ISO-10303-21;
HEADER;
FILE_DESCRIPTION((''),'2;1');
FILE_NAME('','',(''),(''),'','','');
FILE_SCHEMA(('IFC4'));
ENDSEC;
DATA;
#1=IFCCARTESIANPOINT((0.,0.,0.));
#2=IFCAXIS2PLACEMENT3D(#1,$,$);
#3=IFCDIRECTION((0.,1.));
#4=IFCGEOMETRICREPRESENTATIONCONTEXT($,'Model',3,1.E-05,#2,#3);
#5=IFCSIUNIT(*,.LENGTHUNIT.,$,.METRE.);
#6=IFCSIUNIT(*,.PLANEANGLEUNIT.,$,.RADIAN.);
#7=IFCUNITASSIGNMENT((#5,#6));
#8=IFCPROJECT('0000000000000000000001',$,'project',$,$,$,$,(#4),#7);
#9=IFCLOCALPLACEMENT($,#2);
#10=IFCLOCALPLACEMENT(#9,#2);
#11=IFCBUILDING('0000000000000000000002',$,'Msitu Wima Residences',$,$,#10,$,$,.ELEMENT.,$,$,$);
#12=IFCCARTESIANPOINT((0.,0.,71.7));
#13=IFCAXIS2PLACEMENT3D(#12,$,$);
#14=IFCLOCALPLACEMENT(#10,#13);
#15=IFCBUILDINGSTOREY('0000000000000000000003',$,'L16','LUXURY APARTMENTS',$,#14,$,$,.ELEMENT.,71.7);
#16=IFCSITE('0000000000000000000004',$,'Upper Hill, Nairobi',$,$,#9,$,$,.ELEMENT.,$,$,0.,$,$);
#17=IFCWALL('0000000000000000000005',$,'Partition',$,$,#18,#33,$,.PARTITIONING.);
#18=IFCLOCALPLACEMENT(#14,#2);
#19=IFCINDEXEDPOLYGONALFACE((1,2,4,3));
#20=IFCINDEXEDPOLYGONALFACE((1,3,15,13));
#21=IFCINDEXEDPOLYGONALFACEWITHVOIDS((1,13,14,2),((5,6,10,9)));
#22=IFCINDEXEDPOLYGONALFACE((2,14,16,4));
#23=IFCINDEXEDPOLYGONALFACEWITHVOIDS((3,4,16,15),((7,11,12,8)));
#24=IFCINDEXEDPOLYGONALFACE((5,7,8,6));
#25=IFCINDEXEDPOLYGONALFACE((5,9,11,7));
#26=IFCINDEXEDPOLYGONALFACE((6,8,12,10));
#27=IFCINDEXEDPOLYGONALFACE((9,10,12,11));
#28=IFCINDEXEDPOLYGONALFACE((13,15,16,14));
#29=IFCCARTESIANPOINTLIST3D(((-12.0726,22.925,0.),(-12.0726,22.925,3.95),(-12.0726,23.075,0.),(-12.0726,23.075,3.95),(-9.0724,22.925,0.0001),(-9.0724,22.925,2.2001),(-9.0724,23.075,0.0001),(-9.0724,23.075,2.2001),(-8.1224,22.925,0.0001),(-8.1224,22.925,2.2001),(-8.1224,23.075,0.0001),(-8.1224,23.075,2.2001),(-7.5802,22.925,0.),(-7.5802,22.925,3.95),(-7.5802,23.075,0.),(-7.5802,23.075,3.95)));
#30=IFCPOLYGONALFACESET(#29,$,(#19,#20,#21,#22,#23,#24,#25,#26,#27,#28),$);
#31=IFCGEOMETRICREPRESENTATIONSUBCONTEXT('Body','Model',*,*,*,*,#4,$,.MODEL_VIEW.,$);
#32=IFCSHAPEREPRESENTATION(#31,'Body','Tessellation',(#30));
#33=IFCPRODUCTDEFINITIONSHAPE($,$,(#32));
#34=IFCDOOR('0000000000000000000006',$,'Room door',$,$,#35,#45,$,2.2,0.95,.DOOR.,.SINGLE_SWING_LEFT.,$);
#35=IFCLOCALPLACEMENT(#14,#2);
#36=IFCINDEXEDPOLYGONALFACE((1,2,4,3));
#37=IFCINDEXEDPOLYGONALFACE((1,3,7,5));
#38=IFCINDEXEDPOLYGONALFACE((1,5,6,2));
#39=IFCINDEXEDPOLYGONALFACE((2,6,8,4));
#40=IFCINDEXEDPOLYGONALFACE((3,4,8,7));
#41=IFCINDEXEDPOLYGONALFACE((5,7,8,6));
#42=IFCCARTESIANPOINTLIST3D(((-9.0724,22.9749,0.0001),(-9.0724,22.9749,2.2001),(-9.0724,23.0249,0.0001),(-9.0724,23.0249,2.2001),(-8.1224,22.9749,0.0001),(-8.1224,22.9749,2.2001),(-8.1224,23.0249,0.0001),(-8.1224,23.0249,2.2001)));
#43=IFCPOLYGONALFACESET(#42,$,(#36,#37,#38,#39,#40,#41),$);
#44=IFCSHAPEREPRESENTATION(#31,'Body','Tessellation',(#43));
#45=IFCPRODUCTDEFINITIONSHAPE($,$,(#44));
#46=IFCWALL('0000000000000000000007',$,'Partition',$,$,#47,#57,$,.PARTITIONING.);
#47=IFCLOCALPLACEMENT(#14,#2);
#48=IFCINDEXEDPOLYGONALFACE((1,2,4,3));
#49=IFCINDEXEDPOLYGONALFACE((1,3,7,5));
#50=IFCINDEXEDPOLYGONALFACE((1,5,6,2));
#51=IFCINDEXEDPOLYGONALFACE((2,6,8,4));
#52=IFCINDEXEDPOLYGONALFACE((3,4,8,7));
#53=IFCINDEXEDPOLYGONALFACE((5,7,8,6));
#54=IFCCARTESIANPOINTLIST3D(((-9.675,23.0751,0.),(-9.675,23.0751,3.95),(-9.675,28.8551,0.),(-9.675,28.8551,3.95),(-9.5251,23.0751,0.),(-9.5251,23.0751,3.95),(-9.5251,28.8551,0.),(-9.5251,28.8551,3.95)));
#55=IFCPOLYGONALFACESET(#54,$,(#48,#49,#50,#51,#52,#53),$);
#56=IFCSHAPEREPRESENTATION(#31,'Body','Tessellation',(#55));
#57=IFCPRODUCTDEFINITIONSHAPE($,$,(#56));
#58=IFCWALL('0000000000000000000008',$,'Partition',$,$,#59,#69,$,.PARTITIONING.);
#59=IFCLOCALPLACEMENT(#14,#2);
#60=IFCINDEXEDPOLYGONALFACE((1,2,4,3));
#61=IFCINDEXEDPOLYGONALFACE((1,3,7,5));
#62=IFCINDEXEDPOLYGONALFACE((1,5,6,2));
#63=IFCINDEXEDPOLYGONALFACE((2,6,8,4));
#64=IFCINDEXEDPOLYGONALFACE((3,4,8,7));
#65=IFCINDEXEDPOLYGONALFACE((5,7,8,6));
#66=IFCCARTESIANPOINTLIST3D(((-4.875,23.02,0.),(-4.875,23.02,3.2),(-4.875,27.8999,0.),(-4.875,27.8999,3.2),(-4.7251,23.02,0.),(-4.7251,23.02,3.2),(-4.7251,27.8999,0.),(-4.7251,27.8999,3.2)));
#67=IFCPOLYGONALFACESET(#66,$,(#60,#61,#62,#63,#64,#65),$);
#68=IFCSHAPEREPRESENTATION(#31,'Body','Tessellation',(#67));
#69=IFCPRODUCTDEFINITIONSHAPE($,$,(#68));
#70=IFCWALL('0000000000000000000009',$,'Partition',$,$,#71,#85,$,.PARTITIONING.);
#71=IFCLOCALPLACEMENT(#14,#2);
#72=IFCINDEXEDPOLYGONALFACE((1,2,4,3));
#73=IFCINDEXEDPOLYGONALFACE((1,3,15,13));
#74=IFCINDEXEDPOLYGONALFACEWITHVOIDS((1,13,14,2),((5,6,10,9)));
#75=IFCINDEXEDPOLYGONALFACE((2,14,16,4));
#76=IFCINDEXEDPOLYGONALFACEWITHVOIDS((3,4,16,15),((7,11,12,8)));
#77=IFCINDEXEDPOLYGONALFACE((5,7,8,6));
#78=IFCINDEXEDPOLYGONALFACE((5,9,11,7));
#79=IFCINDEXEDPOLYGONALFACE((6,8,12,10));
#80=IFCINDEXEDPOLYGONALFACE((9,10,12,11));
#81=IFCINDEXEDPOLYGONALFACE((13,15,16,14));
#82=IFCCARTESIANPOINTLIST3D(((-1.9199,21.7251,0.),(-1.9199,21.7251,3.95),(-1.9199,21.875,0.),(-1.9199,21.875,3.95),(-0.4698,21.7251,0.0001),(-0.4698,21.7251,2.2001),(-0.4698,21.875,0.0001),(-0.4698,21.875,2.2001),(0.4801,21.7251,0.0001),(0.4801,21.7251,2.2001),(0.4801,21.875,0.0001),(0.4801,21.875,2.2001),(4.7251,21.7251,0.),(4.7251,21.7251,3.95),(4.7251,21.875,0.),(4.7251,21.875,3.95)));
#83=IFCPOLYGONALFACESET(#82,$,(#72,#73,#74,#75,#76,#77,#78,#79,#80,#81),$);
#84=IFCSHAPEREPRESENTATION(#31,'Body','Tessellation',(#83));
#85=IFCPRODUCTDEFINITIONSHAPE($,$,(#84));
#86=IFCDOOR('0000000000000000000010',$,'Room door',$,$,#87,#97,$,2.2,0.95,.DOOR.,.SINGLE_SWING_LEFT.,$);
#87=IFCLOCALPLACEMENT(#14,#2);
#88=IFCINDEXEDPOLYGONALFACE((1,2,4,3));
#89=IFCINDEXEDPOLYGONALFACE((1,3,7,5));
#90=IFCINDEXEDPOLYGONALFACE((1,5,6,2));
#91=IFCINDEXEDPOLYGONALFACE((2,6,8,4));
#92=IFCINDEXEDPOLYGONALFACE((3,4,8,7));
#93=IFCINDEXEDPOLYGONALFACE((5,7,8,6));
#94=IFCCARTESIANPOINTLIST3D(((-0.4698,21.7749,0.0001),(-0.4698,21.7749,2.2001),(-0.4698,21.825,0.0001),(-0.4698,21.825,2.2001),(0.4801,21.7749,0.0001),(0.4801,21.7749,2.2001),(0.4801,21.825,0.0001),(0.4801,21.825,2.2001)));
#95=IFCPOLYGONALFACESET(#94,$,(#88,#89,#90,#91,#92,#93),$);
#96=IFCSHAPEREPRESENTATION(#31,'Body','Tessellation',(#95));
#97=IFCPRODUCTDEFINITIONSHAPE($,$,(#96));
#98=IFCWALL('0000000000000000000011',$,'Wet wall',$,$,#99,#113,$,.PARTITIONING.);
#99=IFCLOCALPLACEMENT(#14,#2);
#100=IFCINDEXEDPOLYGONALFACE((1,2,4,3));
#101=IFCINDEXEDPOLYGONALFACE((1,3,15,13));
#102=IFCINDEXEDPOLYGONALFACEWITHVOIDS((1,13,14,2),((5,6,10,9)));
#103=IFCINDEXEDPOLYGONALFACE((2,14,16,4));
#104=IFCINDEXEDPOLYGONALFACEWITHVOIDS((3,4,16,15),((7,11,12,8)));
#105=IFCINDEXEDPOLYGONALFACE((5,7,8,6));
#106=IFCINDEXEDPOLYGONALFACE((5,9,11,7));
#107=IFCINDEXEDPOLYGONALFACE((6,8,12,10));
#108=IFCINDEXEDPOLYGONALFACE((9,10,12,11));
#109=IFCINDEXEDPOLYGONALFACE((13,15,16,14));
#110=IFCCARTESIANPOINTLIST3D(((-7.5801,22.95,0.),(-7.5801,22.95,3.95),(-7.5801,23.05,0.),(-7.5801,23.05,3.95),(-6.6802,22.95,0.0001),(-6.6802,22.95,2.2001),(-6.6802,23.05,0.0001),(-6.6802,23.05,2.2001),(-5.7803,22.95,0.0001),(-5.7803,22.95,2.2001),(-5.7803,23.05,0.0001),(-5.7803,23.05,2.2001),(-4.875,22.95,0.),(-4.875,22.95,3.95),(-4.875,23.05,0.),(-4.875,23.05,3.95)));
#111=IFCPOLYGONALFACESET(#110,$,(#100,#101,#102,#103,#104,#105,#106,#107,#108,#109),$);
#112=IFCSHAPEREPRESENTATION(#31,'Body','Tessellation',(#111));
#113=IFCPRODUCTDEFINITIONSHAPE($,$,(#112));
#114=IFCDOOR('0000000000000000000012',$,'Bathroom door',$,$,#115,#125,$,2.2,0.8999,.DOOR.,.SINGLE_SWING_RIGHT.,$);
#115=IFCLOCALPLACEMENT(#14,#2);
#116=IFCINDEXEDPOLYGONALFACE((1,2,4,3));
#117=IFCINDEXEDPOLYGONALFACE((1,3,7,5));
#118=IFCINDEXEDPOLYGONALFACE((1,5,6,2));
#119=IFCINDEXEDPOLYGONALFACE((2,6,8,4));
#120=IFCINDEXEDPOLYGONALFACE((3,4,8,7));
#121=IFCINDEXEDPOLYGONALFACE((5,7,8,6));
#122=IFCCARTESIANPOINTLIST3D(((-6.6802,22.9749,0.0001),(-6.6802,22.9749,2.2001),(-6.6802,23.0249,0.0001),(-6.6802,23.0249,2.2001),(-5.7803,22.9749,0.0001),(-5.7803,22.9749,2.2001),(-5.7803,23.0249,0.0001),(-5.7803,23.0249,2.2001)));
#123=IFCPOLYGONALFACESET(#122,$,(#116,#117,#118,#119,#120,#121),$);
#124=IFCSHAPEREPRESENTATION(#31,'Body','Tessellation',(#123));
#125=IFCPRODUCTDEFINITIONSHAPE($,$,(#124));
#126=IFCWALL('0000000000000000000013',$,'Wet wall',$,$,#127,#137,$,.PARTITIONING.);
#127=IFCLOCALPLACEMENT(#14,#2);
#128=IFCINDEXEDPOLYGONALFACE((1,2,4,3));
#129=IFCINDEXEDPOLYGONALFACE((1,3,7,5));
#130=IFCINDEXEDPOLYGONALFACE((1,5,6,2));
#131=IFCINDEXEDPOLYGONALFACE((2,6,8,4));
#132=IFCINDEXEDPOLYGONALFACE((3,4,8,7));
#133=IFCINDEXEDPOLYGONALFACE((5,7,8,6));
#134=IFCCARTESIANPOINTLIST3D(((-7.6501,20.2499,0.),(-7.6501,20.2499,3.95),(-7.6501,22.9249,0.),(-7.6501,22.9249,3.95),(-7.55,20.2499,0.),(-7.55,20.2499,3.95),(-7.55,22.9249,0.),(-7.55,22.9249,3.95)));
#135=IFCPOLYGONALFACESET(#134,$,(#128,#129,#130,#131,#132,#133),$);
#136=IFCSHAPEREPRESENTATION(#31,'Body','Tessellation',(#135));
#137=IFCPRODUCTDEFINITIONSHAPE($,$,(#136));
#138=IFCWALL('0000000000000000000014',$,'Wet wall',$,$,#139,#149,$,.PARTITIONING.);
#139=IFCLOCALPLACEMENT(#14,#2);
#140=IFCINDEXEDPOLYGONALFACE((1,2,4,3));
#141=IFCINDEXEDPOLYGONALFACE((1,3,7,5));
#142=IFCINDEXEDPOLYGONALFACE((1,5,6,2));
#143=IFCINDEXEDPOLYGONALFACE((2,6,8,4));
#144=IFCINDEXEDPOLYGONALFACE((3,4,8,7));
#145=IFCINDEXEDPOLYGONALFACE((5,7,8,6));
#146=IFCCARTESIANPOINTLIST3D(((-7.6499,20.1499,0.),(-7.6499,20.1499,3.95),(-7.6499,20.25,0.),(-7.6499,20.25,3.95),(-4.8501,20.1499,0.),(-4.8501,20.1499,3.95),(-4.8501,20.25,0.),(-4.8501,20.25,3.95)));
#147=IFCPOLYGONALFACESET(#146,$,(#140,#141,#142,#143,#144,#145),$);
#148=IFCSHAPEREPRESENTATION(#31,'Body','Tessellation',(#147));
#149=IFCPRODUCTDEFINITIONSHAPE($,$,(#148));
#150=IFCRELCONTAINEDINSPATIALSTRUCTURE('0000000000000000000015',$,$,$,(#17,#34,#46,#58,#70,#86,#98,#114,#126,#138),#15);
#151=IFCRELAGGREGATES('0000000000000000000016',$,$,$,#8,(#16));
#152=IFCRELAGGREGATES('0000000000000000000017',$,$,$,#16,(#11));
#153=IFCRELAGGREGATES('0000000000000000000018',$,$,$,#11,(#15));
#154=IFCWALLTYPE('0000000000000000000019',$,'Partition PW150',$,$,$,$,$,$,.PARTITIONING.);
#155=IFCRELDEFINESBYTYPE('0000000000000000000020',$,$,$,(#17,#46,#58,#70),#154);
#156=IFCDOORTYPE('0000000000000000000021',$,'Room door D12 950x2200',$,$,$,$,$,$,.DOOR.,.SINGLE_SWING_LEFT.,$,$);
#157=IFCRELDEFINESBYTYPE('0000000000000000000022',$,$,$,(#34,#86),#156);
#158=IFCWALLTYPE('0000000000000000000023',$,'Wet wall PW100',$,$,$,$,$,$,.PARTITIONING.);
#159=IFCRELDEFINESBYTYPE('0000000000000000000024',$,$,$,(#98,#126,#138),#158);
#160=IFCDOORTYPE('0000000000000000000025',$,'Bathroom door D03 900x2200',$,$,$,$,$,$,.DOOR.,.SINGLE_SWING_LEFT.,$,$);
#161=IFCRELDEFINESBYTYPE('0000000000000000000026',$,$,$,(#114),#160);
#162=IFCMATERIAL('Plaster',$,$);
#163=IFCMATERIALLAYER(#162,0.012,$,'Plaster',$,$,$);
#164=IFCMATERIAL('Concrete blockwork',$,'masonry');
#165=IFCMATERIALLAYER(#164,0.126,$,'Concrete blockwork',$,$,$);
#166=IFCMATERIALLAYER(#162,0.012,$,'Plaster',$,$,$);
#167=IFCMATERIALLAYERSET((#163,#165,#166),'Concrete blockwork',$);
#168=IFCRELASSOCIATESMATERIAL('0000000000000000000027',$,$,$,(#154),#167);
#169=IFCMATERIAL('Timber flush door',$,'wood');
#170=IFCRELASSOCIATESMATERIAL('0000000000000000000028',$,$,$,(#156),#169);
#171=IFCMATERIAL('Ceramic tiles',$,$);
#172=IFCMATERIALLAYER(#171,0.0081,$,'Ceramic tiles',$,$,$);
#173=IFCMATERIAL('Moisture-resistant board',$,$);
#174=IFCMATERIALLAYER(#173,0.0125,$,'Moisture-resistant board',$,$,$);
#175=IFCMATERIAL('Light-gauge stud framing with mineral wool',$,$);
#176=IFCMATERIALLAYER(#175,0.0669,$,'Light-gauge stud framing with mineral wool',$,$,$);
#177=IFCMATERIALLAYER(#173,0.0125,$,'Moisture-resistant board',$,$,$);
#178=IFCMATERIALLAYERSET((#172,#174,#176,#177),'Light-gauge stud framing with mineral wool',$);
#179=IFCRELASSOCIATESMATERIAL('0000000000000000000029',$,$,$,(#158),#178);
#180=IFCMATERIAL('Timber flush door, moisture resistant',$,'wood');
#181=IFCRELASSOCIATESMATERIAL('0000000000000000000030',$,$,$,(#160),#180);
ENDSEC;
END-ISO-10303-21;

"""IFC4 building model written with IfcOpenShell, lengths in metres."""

from ifc_helpers import new_model, si_unit, direction, frame, frame_2d, origin, place, context, subcontext, project, spatial, rectangle, extrude, material, layer, layer_set, type_object, element, fill, save


model = new_model("IFC4")

# Units and contexts
model_context = context("Model", 3, precision=1e-05, world=origin(), true_north=direction((0.0, 1.0)))
body_context = subcontext(model_context, "Body", "Model", "MODEL_VIEW")
ifc_project = project(units=[si_unit("LENGTHUNIT", "METRE"), si_unit("PLANEANGLEUNIT", "RADIAN")], contexts=[model_context])

# Site, building, storey
site_placement = place(None, origin())
site = spatial("IfcSite", under=ifc_project, at=site_placement, Name="Upper Hill, Nairobi", CompositionType="ELEMENT", RefElevation=0.0)
building_placement = place(site_placement, origin())
building = spatial("IfcBuilding", under=site, at=building_placement, Name="Msitu Wima Residences", CompositionType="ELEMENT")
storey_placement = place(building_placement, frame((0.0, 0.0, 71.7)))
storey = spatial("IfcBuildingStorey", under=building, at=storey_placement, Name="L16", Description="LUXURY APARTMENTS", CompositionType="ELEMENT", Elevation=71.7)

# Wall, opening, door
ifc_material_1 = material(Name="Plaster")
ifc_layer_1 = layer(ifc_material_1, 0.012, Name="Plaster")
ifc_material_2 = material(Name="Concrete blockwork", Category="masonry")
ifc_layer_2 = layer(ifc_material_2, 0.126, Name="Concrete blockwork")
ifc_layer_3 = layer(ifc_material_1, 0.012, Name="Plaster")
ifc_layer_set_1 = layer_set([ifc_layer_1, ifc_layer_2, ifc_layer_3], Name="Concrete blockwork")
wall_type_1 = type_object("IfcWallType", Name="Partition PW150", PredefinedType="PARTITIONING", material=ifc_layer_set_1)
wall_1_placement = place(storey_placement, frame((-12.0725, 23.0, 0.0), z_axis=(0.0, 0.0, 1.0), x_axis=(1.0, 0.0, 0.0)))
wall_1 = element("IfcWall", 1, at=wall_1_placement, inside=storey, type_object=wall_type_1, Name="Partition", PredefinedType="PARTITIONING", context=body_context, shape_type="SweptSolid", body=[
    extrude(rectangle(XDim=4.4924, YDim=0.1499, at=frame_2d((2.2461, 0.0))), origin(), (0.0, 0.0, 1.0), 3.95),
])
opening_1_placement = place(wall_1_placement, frame((3.0, 0.0, 0.0)))
opening_1 = element("IfcOpeningElement", 2, at=opening_1_placement, cuts=wall_1, PredefinedType="OPENING", context=body_context, shape_type="SweptSolid", body=[
    extrude(rectangle(XDim=0.95, YDim=2.2, at=frame_2d((0.4751, 1.1001))), frame((0.0, 0.085, 0.0), z_axis=(0.0, -1.0, 0.0), x_axis=(1.0, 0.0, 0.0)), (0.0, 0.0, 1.0), 0.1699),
])
ifc_material_3 = material(Name="Timber flush door", Category="wood")
door_type_1 = type_object("IfcDoorType", Name="Room door D12 950x2200", OperationType="SINGLE_SWING_LEFT", PredefinedType="DOOR", material=ifc_material_3)
door_1_placement = place(opening_1_placement, origin())
door_1 = element("IfcDoor", 3, at=door_1_placement, inside=storey, type_object=door_type_1, Name="Room door", OperationType="SINGLE_SWING_LEFT", OverallHeight=2.2, OverallWidth=0.95, PredefinedType="DOOR", context=body_context, shape_type="SweptSolid", body=[
    extrude(rectangle(XDim=0.95, YDim=2.2, at=frame_2d((0.4751, 1.1001))), frame((0.0, 0.0249, 0.0), z_axis=(0.0, -1.0, 0.0), x_axis=(1.0, 0.0, 0.0)), (0.0, 0.0, 1.0), 0.05),
])
fill(opening_1, door_1)

# Walls
wall_2_placement = place(storey_placement, frame((-9.6001, 23.075, 0.0), z_axis=(0.0, 0.0, 1.0), x_axis=(0.0, 1.0, 0.0)))
element("IfcWall", 4, at=wall_2_placement, inside=storey, type_object=wall_type_1, Name="Partition", PredefinedType="PARTITIONING", context=body_context, shape_type="SweptSolid", body=[
    extrude(rectangle(XDim=5.78, YDim=0.1499, at=frame_2d((2.8901, 0.0))), origin(), (0.0, 0.0, 1.0), 3.95),
])
wall_3_placement = place(storey_placement, frame((-4.8, 23.02, 0.0), z_axis=(0.0, 0.0, 1.0), x_axis=(0.0, 1.0, 0.0)))
element("IfcWall", 5, at=wall_3_placement, inside=storey, type_object=wall_type_1, Name="Partition", PredefinedType="PARTITIONING", context=body_context, shape_type="SweptSolid", body=[
    extrude(rectangle(XDim=4.8799, YDim=0.1499, at=frame_2d((2.4399, 0.0))), origin(), (0.0, 0.0, 1.0), 3.2),
])

# Walls, openings, doors
wall_4_placement = place(storey_placement, frame((-1.9199, 21.8, 0.0), z_axis=(0.0, 0.0, 1.0), x_axis=(1.0, 0.0, 0.0)))
wall_4 = element("IfcWall", 6, at=wall_4_placement, inside=storey, type_object=wall_type_1, Name="Partition", PredefinedType="PARTITIONING", context=body_context, shape_type="SweptSolid", body=[
    extrude(rectangle(XDim=6.645, YDim=0.1499, at=frame_2d((3.3225, 0.0))), origin(), (0.0, 0.0, 1.0), 3.95),
])
opening_2_placement = place(wall_4_placement, frame((1.45, 0.0, 0.0)))
opening_2 = element("IfcOpeningElement", 7, at=opening_2_placement, cuts=wall_4, PredefinedType="OPENING", context=body_context, shape_type="SweptSolid", body=[
    extrude(rectangle(XDim=0.95, YDim=2.2, at=frame_2d((0.4751, 1.1001))), frame((0.0, 0.085, 0.0), z_axis=(0.0, -1.0, 0.0), x_axis=(1.0, 0.0, 0.0)), (0.0, 0.0, 1.0), 0.1699),
])
door_2_placement = place(opening_2_placement, origin())
door_2 = element("IfcDoor", 8, at=door_2_placement, inside=storey, type_object=door_type_1, Name="Room door", OperationType="SINGLE_SWING_LEFT", OverallHeight=2.2, OverallWidth=0.95, PredefinedType="DOOR", context=body_context, shape_type="SweptSolid", body=[
    extrude(rectangle(XDim=0.95, YDim=2.2, at=frame_2d((0.4751, 1.1001))), frame((0.0, 0.0249, 0.0), z_axis=(0.0, -1.0, 0.0), x_axis=(1.0, 0.0, 0.0)), (0.0, 0.0, 1.0), 0.05),
])
fill(opening_2, door_2)
ifc_material_4 = material(Name="Ceramic tiles")
ifc_layer_4 = layer(ifc_material_4, 0.0081, Name="Ceramic tiles")
ifc_material_5 = material(Name="Moisture-resistant board")
ifc_layer_5 = layer(ifc_material_5, 0.0125, Name="Moisture-resistant board")
ifc_material_6 = material(Name="Light-gauge stud framing with mineral wool")
ifc_layer_6 = layer(ifc_material_6, 0.0669, Name="Light-gauge stud framing with mineral wool")
ifc_layer_7 = layer(ifc_material_5, 0.0125, Name="Moisture-resistant board")
ifc_layer_set_2 = layer_set([ifc_layer_4, ifc_layer_5, ifc_layer_6, ifc_layer_7], Name="Light-gauge stud framing with mineral wool")
wall_type_2 = type_object("IfcWallType", Name="Wet wall PW100", PredefinedType="PARTITIONING", material=ifc_layer_set_2)
wall_5_placement = place(storey_placement, frame((-7.5801, 23.0, 0.0), z_axis=(0.0, 0.0, 1.0), x_axis=(1.0, 0.0, 0.0)))
wall_5 = element("IfcWall", 9, at=wall_5_placement, inside=storey, type_object=wall_type_2, Name="Wet wall", PredefinedType="PARTITIONING", context=body_context, shape_type="SweptSolid", body=[
    extrude(rectangle(XDim=2.7051, YDim=0.1001, at=frame_2d((1.3525, 0.0))), origin(), (0.0, 0.0, 1.0), 3.95),
])
opening_3_placement = place(wall_5_placement, frame((0.8999, 0.0, 0.0)))
opening_3 = element("IfcOpeningElement", 10, at=opening_3_placement, cuts=wall_5, PredefinedType="OPENING", context=body_context, shape_type="SweptSolid", body=[
    extrude(rectangle(XDim=0.8999, YDim=2.2, at=frame_2d((0.45, 1.1001))), frame((0.0, 0.0601, 0.0), z_axis=(0.0, -1.0, 0.0), x_axis=(1.0, 0.0, 0.0)), (0.0, 0.0, 1.0), 0.1201),
])
ifc_material_7 = material(Name="Timber flush door, moisture resistant", Category="wood")
door_type_2 = type_object("IfcDoorType", Name="Bathroom door D03 900x2200", OperationType="SINGLE_SWING_LEFT", PredefinedType="DOOR", material=ifc_material_7)
door_3_placement = place(opening_3_placement, origin())
door_3 = element("IfcDoor", 11, at=door_3_placement, inside=storey, type_object=door_type_2, Name="Bathroom door", OperationType="SINGLE_SWING_RIGHT", OverallHeight=2.2, OverallWidth=0.8999, PredefinedType="DOOR", context=body_context, shape_type="SweptSolid", body=[
    extrude(rectangle(XDim=0.8999, YDim=2.2, at=frame_2d((0.45, 1.1001))), frame((0.0, 0.0249, 0.0), z_axis=(0.0, -1.0, 0.0), x_axis=(1.0, 0.0, 0.0)), (0.0, 0.0, 1.0), 0.05),
])
fill(opening_3, door_3)

# Walls
wall_6_placement = place(storey_placement, frame((-7.6001, 20.25, 0.0), z_axis=(0.0, 0.0, 1.0), x_axis=(0.0, 1.0, 0.0)))
element("IfcWall", 12, at=wall_6_placement, inside=storey, type_object=wall_type_2, Name="Wet wall", PredefinedType="PARTITIONING", context=body_context, shape_type="SweptSolid", body=[
    extrude(rectangle(XDim=2.675, YDim=0.1001, at=frame_2d((1.3374, 0.0))), origin(), (0.0, 0.0, 1.0), 3.95),
])
wall_7_placement = place(storey_placement, frame((-7.6499, 20.2, 0.0), z_axis=(0.0, 0.0, 1.0), x_axis=(1.0, 0.0, 0.0)))
element("IfcWall", 13, at=wall_7_placement, inside=storey, type_object=wall_type_2, Name="Wet wall", PredefinedType="PARTITIONING", context=body_context, shape_type="SweptSolid", body=[
    extrude(rectangle(XDim=2.7998, YDim=0.1001, at=frame_2d((1.3999, 0.0))), origin(), (0.0, 0.0, 1.0), 3.95),
])

save(model, "model.ifc")
